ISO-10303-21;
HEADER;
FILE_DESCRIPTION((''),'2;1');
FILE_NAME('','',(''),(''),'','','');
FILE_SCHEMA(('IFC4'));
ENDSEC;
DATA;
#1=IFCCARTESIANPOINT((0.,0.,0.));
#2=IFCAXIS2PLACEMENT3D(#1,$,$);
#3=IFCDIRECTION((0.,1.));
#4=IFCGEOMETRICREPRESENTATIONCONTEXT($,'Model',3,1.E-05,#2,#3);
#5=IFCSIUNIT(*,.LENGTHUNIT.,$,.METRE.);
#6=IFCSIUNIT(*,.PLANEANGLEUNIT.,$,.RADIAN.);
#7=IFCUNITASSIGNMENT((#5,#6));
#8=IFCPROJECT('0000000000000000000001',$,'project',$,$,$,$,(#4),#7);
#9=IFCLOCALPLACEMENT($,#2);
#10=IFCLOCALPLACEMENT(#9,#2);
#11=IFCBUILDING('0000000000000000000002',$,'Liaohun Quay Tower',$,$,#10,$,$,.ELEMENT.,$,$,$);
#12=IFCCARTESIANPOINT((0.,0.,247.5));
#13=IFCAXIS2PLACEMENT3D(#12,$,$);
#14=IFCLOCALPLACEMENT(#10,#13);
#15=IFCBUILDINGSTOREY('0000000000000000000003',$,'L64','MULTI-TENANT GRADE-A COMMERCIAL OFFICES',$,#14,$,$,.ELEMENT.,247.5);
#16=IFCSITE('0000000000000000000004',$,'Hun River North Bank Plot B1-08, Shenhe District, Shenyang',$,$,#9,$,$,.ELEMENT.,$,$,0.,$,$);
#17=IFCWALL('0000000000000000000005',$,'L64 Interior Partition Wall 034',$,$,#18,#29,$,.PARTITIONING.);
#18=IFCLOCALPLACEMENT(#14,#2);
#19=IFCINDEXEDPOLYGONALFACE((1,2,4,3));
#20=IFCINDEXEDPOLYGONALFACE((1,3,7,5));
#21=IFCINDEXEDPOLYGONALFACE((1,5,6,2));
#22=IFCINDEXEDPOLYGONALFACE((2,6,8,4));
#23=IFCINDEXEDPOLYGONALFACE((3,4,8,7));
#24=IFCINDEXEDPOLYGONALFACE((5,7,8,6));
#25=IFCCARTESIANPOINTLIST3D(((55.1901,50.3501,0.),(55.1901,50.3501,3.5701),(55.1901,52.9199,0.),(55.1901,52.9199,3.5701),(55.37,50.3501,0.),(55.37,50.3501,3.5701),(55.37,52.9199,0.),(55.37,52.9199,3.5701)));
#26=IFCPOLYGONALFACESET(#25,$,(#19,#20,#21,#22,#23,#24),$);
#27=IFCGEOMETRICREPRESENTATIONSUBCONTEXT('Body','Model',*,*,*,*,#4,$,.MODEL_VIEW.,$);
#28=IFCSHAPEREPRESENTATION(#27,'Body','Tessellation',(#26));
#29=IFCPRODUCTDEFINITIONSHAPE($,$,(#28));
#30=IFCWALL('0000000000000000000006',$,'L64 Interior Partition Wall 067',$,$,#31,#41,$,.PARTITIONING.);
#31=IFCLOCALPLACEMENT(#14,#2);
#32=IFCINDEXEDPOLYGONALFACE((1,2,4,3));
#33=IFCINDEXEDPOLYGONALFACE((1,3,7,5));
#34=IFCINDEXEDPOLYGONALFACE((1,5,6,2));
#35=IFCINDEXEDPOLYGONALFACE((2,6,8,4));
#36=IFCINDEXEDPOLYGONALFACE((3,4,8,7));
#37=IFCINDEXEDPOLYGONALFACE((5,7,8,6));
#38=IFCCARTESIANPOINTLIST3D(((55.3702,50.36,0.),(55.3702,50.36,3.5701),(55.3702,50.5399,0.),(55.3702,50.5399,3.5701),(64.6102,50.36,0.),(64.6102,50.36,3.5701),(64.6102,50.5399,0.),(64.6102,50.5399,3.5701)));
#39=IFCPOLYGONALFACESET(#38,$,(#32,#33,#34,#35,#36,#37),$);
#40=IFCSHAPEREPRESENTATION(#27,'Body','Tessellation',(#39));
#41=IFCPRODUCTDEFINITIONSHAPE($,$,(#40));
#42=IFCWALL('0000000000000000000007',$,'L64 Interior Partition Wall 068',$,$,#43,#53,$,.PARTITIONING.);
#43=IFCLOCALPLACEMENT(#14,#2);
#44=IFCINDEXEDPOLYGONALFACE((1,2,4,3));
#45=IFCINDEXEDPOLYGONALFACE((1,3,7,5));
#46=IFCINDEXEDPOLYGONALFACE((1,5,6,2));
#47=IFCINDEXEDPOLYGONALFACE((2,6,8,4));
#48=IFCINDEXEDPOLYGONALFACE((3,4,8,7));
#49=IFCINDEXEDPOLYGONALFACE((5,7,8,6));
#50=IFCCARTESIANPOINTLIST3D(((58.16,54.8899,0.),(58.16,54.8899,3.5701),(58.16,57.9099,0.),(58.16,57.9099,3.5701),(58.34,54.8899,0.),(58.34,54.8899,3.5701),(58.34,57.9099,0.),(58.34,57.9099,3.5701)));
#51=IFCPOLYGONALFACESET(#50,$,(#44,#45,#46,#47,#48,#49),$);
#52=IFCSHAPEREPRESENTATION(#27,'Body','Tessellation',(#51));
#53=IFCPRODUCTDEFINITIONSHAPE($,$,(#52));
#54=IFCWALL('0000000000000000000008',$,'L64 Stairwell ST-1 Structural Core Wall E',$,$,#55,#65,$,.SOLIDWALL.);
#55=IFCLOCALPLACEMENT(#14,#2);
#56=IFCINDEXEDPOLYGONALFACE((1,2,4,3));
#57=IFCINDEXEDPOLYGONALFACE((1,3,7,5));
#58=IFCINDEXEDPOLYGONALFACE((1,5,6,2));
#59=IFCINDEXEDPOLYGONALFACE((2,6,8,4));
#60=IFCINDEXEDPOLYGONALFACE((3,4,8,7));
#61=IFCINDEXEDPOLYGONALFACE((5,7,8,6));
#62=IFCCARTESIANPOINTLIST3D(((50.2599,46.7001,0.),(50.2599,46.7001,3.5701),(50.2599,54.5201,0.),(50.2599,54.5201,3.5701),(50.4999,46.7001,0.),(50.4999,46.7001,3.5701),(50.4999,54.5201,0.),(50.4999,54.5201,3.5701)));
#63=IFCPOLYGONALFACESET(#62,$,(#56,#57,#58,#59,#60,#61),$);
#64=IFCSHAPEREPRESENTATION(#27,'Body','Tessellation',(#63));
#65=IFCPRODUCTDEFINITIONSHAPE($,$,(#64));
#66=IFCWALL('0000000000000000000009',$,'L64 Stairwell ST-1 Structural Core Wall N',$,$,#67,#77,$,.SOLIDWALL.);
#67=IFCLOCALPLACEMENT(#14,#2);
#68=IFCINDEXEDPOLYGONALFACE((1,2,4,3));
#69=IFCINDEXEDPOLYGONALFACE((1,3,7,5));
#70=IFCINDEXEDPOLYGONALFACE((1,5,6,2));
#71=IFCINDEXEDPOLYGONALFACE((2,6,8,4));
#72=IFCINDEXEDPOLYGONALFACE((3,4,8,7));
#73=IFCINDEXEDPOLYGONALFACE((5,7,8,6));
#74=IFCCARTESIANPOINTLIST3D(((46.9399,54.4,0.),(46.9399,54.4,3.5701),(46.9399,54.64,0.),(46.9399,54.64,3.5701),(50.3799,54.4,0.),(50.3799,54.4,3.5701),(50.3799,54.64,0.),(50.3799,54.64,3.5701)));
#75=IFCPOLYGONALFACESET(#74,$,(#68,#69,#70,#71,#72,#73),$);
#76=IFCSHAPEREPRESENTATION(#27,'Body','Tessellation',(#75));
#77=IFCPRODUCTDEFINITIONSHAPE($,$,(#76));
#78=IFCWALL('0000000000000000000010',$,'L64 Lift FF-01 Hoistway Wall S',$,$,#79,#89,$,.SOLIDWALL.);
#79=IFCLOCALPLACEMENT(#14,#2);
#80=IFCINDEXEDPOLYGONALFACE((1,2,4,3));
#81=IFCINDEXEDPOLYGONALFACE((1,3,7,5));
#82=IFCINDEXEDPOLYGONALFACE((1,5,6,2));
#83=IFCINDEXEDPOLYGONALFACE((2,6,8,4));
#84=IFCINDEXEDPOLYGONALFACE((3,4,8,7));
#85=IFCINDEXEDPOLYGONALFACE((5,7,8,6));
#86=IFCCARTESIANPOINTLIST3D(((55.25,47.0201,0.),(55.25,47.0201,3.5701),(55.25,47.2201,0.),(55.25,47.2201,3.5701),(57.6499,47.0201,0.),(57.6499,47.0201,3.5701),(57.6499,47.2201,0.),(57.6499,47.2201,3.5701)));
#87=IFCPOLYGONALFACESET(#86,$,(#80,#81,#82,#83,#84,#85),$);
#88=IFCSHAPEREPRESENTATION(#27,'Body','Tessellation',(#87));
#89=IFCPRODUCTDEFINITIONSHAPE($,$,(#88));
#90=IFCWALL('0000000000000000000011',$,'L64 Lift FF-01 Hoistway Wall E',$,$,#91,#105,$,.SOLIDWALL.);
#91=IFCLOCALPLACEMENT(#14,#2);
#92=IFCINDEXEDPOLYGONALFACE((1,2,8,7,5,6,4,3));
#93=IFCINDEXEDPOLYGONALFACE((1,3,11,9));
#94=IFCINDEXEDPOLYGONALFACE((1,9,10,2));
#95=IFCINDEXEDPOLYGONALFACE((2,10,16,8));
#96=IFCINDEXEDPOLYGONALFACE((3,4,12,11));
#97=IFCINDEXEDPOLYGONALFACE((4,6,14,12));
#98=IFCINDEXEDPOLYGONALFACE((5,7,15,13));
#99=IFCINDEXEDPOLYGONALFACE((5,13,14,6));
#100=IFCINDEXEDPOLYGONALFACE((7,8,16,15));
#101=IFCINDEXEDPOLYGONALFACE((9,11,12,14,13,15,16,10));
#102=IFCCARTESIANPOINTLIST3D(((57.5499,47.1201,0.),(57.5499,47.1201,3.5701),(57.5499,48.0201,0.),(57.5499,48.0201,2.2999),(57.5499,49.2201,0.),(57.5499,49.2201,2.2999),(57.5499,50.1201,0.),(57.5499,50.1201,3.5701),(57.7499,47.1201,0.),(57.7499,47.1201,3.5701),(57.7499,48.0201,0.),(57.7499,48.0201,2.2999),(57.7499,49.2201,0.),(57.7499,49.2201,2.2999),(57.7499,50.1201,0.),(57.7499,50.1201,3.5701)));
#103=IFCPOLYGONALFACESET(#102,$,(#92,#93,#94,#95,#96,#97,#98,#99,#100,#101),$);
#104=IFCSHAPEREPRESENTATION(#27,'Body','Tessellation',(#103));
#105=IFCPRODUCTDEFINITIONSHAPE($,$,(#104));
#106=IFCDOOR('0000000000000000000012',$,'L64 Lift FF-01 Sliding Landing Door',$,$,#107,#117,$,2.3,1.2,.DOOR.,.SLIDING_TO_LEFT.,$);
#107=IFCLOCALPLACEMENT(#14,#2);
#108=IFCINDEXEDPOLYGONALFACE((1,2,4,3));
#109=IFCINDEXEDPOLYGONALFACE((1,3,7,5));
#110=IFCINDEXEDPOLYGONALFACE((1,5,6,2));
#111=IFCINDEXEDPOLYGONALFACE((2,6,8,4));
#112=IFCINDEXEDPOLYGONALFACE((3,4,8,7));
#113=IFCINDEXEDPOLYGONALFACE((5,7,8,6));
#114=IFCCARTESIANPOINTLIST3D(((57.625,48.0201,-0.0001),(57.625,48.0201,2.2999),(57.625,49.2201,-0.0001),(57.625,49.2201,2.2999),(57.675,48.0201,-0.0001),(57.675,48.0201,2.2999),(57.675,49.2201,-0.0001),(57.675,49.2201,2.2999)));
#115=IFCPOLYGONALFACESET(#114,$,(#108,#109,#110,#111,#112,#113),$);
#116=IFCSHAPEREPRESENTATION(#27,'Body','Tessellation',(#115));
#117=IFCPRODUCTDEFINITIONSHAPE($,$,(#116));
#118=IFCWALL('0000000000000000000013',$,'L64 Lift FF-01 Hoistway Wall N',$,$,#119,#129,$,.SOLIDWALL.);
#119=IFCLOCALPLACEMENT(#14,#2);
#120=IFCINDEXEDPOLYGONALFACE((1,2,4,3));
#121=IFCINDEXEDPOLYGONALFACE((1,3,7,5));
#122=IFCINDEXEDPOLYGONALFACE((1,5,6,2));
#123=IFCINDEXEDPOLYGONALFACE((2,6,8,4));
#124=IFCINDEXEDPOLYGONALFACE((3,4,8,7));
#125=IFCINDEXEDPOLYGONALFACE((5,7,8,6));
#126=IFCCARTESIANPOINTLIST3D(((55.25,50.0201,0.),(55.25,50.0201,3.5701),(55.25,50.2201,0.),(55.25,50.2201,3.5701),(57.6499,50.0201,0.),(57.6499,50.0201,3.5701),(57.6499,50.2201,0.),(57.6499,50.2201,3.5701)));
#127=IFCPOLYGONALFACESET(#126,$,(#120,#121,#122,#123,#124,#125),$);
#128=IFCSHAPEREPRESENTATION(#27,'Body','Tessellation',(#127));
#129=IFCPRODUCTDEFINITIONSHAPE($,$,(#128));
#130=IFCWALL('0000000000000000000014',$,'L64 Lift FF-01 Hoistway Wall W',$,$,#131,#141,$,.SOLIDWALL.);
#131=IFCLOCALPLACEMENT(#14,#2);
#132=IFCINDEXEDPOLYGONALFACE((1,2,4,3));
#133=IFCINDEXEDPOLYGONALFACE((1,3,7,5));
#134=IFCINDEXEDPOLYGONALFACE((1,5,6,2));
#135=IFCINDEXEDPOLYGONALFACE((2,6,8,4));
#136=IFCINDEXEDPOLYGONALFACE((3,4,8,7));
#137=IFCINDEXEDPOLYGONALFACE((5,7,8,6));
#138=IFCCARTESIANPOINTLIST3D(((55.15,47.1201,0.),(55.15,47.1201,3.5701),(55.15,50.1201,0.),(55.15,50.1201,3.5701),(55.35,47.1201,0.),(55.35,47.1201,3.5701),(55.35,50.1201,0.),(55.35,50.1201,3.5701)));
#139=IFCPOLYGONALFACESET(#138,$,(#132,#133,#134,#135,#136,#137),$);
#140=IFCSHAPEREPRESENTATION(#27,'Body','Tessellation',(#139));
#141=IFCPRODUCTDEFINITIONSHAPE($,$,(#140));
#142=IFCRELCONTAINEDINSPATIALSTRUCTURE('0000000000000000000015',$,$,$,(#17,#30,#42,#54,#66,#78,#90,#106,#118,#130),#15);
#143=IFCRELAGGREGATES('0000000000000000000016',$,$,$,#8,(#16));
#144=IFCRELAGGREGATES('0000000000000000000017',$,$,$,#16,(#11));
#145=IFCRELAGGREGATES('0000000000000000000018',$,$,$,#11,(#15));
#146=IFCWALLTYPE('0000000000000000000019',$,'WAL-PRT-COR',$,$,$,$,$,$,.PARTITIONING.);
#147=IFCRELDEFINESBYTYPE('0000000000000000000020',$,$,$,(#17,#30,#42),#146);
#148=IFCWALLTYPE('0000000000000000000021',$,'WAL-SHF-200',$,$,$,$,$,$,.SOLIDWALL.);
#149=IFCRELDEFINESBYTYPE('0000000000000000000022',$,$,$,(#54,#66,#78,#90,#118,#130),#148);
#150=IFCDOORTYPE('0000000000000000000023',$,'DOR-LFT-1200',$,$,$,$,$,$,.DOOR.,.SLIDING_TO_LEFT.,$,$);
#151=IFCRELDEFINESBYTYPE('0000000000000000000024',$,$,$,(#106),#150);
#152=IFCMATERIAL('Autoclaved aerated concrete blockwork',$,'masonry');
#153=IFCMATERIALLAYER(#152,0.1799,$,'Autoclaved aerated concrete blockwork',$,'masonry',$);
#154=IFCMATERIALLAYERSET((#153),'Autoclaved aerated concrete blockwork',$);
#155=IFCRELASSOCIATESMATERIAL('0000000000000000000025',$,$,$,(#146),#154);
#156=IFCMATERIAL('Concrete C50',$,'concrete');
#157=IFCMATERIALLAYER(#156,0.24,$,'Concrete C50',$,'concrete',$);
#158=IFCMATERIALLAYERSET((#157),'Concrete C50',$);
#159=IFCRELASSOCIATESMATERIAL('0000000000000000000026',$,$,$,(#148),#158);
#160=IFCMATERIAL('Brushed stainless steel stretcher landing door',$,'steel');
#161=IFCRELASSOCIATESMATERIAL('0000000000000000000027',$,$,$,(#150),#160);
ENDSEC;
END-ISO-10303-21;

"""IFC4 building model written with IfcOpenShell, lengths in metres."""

from ifc_helpers import new_model, si_unit, direction, frame, frame_2d, origin, place, context, subcontext, project, spatial, rectangle, extrude, source, transform, mapped, material, layer, layer_set, type_object, element, fill, save


model = new_model("IFC4")

# Units and contexts
model_context = context("Model", 3, precision=1e-05, world=origin(), true_north=direction((0.0, 1.0)))
body_context = subcontext(model_context, "Body", "Model", "MODEL_VIEW")
ifc_project = project(units=[si_unit("LENGTHUNIT", "METRE"), si_unit("PLANEANGLEUNIT", "RADIAN")], contexts=[model_context])

# Site, building, storey
site_placement = place(None, origin())
site = spatial("IfcSite", under=ifc_project, at=site_placement, Name="Hun River North Bank Plot B1-08, Shenhe District, Shenyang", CompositionType="ELEMENT", RefElevation=0.0)
building_placement = place(site_placement, origin())
building = spatial("IfcBuilding", under=site, at=building_placement, Name="Liaohun Quay Tower", CompositionType="ELEMENT")
storey_placement = place(building_placement, frame((0.0, 0.0, 247.5)))
storey = spatial("IfcBuildingStorey", under=building, at=storey_placement, Name="L64", Description="MULTI-TENANT GRADE-A COMMERCIAL OFFICES", CompositionType="ELEMENT", Elevation=247.5)

# Shared definitions
ifc_material_1 = material(Name="Autoclaved aerated concrete blockwork", Category="masonry")
ifc_layer_1 = layer(ifc_material_1, 0.1799, Name="Autoclaved aerated concrete blockwork", Category="masonry")
ifc_layer_set_1 = layer_set([ifc_layer_1], Name="Autoclaved aerated concrete blockwork")
wall_type_1 = type_object("IfcWallType", Name="WAL-PRT-COR", PredefinedType="PARTITIONING", material=ifc_layer_set_1)

# Walls
wall_1_placement = place(storey_placement, frame((55.28, 50.3501, 0.0), z_axis=(0.0, 0.0, 1.0), x_axis=(0.0, 1.0, 0.0)))
element("IfcWall", 1, at=wall_1_placement, inside=storey, type_object=wall_type_1, Name="L64 Interior Partition Wall 034", PredefinedType="PARTITIONING", context=body_context, shape_type="SweptSolid", body=[
    extrude(rectangle(XDim=2.5698, YDim=0.1799, at=frame_2d((1.2849, 0.0))), origin(), (0.0, 0.0, 1.0), 3.5701),
])
wall_2_placement = place(storey_placement, frame((55.3701, 50.45, 0.0), z_axis=(0.0, 0.0, 1.0), x_axis=(1.0, 0.0, 0.0)))
element("IfcWall", 2, at=wall_2_placement, inside=storey, type_object=wall_type_1, Name="L64 Interior Partition Wall 067", PredefinedType="PARTITIONING", context=body_context, shape_type="SweptSolid", body=[
    extrude(rectangle(XDim=9.24, YDim=0.1799, at=frame_2d((4.6201, 0.0))), origin(), (0.0, 0.0, 1.0), 3.5701),
])
wall_3_placement = place(storey_placement, frame((58.25, 54.8899, 0.0), z_axis=(0.0, 0.0, 1.0), x_axis=(0.0, 1.0, 0.0)))
element("IfcWall", 3, at=wall_3_placement, inside=storey, type_object=wall_type_1, Name="L64 Interior Partition Wall 068", PredefinedType="PARTITIONING", context=body_context, shape_type="SweptSolid", body=[
    extrude(rectangle(XDim=3.02, YDim=0.1799, at=frame_2d((1.51, 0.0))), origin(), (0.0, 0.0, 1.0), 3.5701),
])
ifc_material_2 = material(Name="Concrete C50", Category="concrete")
ifc_layer_2 = layer(ifc_material_2, 0.24, Name="Concrete C50", Category="concrete")
ifc_layer_set_2 = layer_set([ifc_layer_2], Name="Concrete C50")
wall_type_2 = type_object("IfcWallType", Name="WAL-SHF-200", PredefinedType="SOLIDWALL", material=ifc_layer_set_2)
wall_4_placement = place(storey_placement, frame((50.3799, 46.7, 0.0), z_axis=(0.0, 0.0, 1.0), x_axis=(0.0, 1.0, 0.0)))
element("IfcWall", 4, at=wall_4_placement, inside=storey, type_object=wall_type_2, Name="L64 Stairwell ST-1 Structural Core Wall E", PredefinedType="SOLIDWALL", context=body_context, shape_type="SweptSolid", body=[
    extrude(rectangle(XDim=7.8201, YDim=0.24, at=frame_2d((3.9102, 0.0))), origin(), (0.0, 0.0, 1.0), 3.5701),
])
wall_5_placement = place(storey_placement, frame((50.3799, 54.52, 0.0), z_axis=(0.0, 0.0, 1.0), x_axis=(-1.0, 0.0, 0.0)))
element("IfcWall", 5, at=wall_5_placement, inside=storey, type_object=wall_type_2, Name="L64 Stairwell ST-1 Structural Core Wall N", PredefinedType="SOLIDWALL", context=body_context, shape_type="SweptSolid", body=[
    extrude(rectangle(XDim=3.4399, YDim=0.24, at=frame_2d((1.72, 0.0))), origin(), (0.0, 0.0, 1.0), 3.5701),
])
wall_6_placement = place(storey_placement, frame((55.25, 47.1201, 0.0), z_axis=(0.0, 0.0, 1.0), x_axis=(1.0, 0.0, 0.0)))
element("IfcWall", 6, at=wall_6_placement, inside=storey, type_object=wall_type_2, Name="L64 Lift FF-01 Hoistway Wall S", PredefinedType="SOLIDWALL", context=body_context, shape_type="SweptSolid", body=[
    extrude(rectangle(XDim=2.3999, YDim=0.2, at=frame_2d((1.2, 0.0))), origin(), (0.0, 0.0, 1.0), 3.5701),
])

# Wall, opening, door
wall_7_placement = place(storey_placement, frame((57.6499, 47.1201, 0.0), z_axis=(0.0, 0.0, 1.0), x_axis=(0.0, 1.0, 0.0)))
wall_7 = element("IfcWall", 7, at=wall_7_placement, inside=storey, type_object=wall_type_2, Name="L64 Lift FF-01 Hoistway Wall E", PredefinedType="SOLIDWALL", context=body_context, shape_type="SweptSolid", body=[
    extrude(rectangle(XDim=3.0, YDim=0.2, at=frame_2d((1.5, 0.0))), origin(), (0.0, 0.0, 1.0), 3.5701),
])
shared_shape_1 = source(origin(), body_context, "Body", "SweptSolid", [
    extrude(rectangle(XDim=1.2, YDim=2.3, at=frame_2d((0.6001, 1.1499))), frame((0.0, 0.1099, 0.0), z_axis=(0.0, -1.0, 0.0), x_axis=(1.0, 0.0, 0.0)), (0.0, 0.0, 1.0), 0.22),
])
opening_1_placement = place(wall_7_placement, frame((0.8999, 0.0, 0.0)))
opening_1 = element("IfcOpeningElement", 8, at=opening_1_placement, cuts=wall_7, PredefinedType="OPENING", context=body_context, shape_type="MappedRepresentation", body=[
    mapped(shared_shape_1, transform((0.0, 0.0, 0.0), x_axis=(1.0, 0.0, 0.0), y_axis=(0.0, 1.0, 0.0), z_axis=(0.0, 0.0, 1.0), scale=1.0)),
])
ifc_material_3 = material(Name="Brushed stainless steel stretcher landing door", Category="steel")
door_type_1 = type_object("IfcDoorType", Name="DOR-LFT-1200", OperationType="SLIDING_TO_LEFT", PredefinedType="DOOR", material=ifc_material_3)
shared_shape_2 = source(origin(), body_context, "Body", "SweptSolid", [
    extrude(rectangle(XDim=1.2, YDim=2.3, at=frame_2d((0.6001, 1.1499))), frame((0.0, 0.0249, 0.0), z_axis=(0.0, -1.0, 0.0), x_axis=(1.0, 0.0, 0.0)), (0.0, 0.0, 1.0), 0.05),
])
door_1_placement = place(opening_1_placement, origin())
door_1 = element("IfcDoor", 9, at=door_1_placement, inside=storey, type_object=door_type_1, Name="L64 Lift FF-01 Sliding Landing Door", OperationType="SLIDING_TO_LEFT", OverallHeight=2.3, OverallWidth=1.2, PredefinedType="DOOR", context=body_context, shape_type="MappedRepresentation", body=[
    mapped(shared_shape_2, transform((0.0, 0.0, 0.0), x_axis=(1.0, 0.0, 0.0), y_axis=(0.0, 1.0, 0.0), z_axis=(0.0, 0.0, 1.0), scale=1.0)),
])
fill(opening_1, door_1)

# Walls
wall_8_placement = place(storey_placement, frame((57.6499, 50.1201, 0.0), z_axis=(0.0, 0.0, 1.0), x_axis=(-1.0, 0.0, 0.0)))
element("IfcWall", 10, at=wall_8_placement, inside=storey, type_object=wall_type_2, Name="L64 Lift FF-01 Hoistway Wall N", PredefinedType="SOLIDWALL", context=body_context, shape_type="SweptSolid", body=[
    extrude(rectangle(XDim=2.3999, YDim=0.2, at=frame_2d((1.2, 0.0))), origin(), (0.0, 0.0, 1.0), 3.5701),
])
wall_9_placement = place(storey_placement, frame((55.25, 50.1201, 0.0), z_axis=(0.0, 0.0, 1.0), x_axis=(0.0, -1.0, 0.0)))
element("IfcWall", 11, at=wall_9_placement, inside=storey, type_object=wall_type_2, Name="L64 Lift FF-01 Hoistway Wall W", PredefinedType="SOLIDWALL", context=body_context, shape_type="SweptSolid", body=[
    extrude(rectangle(XDim=3.0, YDim=0.2, at=frame_2d((1.5, 0.0))), origin(), (0.0, 0.0, 1.0), 3.5701),
])

save(model, "model.ifc")
